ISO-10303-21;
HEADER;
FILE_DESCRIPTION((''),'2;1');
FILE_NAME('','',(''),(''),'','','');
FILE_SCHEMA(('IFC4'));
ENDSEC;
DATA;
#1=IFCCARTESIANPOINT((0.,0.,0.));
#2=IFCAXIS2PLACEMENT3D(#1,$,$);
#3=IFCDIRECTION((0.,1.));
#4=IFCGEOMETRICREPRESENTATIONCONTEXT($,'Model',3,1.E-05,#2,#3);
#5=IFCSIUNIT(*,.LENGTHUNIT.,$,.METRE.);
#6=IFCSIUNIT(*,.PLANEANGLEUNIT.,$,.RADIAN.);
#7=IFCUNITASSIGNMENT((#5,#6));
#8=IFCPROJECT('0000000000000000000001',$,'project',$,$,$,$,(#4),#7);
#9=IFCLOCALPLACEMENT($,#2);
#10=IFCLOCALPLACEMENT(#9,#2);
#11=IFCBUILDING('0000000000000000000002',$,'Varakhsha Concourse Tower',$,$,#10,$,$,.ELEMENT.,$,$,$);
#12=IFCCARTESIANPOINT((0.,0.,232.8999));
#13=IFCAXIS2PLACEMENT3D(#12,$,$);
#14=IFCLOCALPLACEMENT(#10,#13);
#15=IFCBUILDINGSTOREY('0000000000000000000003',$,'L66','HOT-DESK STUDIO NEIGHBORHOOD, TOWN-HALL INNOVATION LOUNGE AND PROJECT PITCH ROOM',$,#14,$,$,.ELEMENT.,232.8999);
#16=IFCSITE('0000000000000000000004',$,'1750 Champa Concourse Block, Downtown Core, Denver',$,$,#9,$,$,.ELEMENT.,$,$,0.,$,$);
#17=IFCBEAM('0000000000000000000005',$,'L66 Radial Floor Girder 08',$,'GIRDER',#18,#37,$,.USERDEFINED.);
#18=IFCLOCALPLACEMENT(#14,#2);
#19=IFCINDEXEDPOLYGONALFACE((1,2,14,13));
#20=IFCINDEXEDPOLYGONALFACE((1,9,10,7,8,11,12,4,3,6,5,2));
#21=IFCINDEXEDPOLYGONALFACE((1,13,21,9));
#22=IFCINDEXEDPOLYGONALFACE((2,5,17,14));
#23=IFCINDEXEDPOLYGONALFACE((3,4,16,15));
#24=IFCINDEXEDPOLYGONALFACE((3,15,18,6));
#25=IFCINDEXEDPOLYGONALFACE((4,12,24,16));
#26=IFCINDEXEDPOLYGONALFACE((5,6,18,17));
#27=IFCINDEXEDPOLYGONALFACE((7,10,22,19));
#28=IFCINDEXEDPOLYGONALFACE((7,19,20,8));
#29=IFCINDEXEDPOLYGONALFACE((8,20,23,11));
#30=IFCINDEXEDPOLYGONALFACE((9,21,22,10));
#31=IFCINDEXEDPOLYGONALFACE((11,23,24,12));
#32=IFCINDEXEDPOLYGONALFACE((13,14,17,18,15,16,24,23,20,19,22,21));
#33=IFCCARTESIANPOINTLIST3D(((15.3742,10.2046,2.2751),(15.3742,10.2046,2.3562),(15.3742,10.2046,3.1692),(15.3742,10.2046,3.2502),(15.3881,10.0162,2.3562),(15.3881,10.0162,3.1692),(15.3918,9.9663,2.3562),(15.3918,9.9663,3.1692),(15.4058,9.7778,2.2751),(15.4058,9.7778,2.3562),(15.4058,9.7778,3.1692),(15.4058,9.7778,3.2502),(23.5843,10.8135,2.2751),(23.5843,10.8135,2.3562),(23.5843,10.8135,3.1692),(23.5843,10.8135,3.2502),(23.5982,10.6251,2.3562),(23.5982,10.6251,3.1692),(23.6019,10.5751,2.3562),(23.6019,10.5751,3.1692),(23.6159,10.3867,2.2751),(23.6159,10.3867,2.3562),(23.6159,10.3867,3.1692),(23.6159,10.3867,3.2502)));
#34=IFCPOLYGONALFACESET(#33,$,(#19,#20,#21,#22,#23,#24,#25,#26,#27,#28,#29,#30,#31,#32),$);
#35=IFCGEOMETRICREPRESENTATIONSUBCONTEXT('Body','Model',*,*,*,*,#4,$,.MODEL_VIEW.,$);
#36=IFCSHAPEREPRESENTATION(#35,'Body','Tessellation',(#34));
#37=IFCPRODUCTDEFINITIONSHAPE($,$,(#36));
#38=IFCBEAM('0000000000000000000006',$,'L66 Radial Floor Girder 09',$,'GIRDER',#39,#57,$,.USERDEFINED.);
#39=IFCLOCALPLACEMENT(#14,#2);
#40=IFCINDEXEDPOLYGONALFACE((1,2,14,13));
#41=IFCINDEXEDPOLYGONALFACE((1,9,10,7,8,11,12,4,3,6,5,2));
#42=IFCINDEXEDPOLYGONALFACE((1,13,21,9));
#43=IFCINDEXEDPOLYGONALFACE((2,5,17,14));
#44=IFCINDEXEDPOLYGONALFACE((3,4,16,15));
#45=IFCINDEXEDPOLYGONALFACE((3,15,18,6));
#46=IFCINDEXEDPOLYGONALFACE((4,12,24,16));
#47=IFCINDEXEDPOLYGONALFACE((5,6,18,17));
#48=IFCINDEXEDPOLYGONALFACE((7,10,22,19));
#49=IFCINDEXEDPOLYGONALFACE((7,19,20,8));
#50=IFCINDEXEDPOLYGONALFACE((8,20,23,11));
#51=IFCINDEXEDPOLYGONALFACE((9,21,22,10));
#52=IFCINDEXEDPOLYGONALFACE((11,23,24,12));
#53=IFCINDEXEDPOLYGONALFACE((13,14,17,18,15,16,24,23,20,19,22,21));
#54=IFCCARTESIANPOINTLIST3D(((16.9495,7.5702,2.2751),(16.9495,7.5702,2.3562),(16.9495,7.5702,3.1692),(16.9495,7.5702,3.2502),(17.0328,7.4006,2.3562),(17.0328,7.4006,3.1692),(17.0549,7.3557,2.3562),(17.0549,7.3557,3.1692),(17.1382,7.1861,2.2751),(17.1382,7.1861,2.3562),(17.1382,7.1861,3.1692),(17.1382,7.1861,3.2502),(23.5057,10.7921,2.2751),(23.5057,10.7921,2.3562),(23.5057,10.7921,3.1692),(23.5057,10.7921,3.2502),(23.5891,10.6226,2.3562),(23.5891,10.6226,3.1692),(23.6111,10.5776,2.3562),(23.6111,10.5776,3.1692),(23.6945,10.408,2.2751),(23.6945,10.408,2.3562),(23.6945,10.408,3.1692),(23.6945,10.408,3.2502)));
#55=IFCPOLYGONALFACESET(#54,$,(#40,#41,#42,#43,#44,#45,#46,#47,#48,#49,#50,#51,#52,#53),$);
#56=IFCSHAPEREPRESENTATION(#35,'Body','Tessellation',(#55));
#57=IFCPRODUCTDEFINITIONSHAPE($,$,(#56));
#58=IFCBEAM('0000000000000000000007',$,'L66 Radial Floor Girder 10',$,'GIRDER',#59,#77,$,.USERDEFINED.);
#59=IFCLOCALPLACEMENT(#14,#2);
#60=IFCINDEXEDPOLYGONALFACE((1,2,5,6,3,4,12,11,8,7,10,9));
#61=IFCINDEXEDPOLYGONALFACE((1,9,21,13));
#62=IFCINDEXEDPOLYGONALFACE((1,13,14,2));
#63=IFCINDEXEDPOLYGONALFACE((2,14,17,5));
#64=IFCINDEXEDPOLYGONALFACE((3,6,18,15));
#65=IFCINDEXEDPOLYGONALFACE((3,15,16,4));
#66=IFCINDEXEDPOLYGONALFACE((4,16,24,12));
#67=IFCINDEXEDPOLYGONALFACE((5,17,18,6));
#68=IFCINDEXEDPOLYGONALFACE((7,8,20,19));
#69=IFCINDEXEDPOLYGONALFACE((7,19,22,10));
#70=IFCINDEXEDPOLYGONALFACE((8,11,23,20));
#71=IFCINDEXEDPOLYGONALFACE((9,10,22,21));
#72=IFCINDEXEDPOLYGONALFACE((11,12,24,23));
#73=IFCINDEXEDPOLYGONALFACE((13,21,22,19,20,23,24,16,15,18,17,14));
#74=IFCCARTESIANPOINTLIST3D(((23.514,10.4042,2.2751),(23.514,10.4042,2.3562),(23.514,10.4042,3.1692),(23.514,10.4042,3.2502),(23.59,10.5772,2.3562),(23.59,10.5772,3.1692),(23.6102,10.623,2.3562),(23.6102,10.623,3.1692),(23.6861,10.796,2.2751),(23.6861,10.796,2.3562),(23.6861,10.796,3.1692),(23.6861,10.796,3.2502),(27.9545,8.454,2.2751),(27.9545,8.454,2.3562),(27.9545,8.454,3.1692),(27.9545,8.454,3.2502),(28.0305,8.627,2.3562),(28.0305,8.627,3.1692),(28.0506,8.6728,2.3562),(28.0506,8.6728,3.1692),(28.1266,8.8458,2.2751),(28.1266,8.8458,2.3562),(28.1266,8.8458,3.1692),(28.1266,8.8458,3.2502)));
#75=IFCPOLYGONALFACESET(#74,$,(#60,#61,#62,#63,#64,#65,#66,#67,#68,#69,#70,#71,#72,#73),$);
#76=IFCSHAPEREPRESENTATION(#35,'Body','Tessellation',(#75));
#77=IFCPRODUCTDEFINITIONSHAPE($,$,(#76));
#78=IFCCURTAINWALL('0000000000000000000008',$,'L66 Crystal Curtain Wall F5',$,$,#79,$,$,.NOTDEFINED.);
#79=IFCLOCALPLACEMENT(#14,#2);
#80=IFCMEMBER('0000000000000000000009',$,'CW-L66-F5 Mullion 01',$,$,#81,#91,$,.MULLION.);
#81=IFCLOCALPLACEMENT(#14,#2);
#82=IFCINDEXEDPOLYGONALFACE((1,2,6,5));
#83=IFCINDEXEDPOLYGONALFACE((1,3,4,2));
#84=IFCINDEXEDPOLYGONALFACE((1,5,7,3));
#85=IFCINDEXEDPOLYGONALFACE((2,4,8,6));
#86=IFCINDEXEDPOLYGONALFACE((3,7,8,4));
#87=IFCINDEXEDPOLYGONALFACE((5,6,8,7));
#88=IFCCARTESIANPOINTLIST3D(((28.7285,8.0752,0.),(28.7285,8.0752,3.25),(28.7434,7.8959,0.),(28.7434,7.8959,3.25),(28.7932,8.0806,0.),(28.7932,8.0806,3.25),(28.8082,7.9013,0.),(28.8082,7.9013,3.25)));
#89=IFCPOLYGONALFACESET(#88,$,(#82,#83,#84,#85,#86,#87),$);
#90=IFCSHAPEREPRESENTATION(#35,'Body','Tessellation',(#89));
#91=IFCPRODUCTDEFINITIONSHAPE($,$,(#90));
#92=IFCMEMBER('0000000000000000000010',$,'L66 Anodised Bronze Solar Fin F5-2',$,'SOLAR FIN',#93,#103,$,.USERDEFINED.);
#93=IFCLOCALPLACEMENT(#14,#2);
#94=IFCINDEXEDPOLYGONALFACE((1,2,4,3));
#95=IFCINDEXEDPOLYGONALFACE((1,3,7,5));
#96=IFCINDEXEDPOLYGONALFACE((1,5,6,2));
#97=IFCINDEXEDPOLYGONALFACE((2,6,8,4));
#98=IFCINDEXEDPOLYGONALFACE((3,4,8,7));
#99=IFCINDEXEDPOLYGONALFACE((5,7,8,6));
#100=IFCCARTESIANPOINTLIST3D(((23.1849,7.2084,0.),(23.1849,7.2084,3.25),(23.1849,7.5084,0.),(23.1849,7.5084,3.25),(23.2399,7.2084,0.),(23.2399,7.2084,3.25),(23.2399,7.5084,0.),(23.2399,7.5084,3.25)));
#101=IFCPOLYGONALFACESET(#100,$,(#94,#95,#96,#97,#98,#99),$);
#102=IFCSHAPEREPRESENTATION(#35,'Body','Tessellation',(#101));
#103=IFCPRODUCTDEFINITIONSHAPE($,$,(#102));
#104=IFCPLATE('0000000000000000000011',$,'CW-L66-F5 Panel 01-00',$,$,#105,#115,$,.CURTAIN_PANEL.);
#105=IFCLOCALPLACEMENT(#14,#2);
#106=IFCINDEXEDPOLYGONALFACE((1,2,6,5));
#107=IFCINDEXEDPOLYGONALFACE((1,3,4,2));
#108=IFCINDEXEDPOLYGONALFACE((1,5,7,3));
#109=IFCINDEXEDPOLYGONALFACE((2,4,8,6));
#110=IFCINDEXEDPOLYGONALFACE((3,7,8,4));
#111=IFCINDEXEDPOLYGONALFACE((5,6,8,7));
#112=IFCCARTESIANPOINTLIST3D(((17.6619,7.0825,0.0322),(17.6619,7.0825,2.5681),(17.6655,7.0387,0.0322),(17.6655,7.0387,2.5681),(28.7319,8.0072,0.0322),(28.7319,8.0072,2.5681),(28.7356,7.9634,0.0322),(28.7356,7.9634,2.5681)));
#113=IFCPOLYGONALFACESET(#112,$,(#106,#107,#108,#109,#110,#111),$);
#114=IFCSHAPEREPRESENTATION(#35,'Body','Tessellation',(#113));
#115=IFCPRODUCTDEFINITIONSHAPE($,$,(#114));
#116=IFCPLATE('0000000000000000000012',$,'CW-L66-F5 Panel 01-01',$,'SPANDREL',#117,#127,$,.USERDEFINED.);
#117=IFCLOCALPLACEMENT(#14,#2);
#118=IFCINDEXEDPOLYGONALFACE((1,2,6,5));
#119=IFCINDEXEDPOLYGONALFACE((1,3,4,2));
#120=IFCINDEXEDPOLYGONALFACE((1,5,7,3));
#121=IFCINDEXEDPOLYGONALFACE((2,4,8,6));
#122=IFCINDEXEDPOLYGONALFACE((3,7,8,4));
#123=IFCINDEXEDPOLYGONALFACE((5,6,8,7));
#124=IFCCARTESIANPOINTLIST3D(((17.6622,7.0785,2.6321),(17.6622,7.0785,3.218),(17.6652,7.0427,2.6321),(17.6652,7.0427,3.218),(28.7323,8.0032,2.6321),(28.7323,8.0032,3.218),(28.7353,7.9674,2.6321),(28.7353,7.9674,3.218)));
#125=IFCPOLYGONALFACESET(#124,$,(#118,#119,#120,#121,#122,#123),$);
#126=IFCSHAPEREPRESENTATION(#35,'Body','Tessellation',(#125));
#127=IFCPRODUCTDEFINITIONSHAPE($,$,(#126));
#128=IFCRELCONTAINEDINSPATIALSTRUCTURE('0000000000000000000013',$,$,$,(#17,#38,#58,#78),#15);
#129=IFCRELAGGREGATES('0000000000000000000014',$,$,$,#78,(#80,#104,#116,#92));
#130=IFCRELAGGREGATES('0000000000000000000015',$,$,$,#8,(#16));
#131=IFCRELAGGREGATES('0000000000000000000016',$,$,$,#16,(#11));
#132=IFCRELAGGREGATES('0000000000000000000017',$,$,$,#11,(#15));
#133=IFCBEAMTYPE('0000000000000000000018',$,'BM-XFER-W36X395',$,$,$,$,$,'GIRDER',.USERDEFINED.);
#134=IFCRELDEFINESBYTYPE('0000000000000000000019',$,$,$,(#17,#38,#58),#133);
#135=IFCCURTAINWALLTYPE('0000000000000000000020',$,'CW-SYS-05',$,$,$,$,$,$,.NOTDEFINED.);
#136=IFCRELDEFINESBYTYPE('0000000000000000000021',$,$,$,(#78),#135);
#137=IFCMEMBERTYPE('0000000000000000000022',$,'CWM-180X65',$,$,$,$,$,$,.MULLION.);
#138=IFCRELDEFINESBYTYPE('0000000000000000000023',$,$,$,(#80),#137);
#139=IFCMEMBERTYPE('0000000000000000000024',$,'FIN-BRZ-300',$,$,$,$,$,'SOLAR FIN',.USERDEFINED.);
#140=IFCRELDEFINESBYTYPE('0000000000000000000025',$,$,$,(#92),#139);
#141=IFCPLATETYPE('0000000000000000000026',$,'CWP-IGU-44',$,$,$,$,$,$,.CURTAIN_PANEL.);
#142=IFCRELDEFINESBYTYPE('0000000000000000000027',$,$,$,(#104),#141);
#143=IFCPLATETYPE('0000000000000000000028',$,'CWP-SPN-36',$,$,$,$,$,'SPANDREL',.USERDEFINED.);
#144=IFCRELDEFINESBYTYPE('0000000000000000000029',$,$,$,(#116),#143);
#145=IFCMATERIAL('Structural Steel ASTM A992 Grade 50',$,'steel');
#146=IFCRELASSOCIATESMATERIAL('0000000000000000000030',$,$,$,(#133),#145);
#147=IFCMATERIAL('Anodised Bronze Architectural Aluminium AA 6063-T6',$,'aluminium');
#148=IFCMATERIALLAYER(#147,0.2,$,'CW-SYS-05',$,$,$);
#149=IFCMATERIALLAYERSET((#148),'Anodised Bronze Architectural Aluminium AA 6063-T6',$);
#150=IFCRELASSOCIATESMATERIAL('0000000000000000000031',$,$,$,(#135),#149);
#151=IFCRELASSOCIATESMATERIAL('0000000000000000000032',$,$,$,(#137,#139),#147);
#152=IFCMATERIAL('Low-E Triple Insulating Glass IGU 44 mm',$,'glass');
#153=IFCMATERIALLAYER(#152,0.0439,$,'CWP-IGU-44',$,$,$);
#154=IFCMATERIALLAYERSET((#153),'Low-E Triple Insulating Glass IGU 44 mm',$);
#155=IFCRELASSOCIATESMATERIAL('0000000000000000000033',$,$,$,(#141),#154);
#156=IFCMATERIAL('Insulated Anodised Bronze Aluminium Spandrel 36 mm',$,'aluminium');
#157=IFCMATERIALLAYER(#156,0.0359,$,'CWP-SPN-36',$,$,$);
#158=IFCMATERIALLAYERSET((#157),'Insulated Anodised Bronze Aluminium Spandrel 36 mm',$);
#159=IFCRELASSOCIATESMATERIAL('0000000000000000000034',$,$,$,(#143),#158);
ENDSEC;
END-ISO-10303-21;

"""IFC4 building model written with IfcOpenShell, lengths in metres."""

from ifc_helpers import new_model, si_unit, direction, frame, origin, origin_2d, place, context, subcontext, project, spatial, rectangle, i_section, extrude, source, transform, mapped, material, layer, layer_set, material_profile, profile_set, type_object, type_shapes, element, aggregate, save


model = new_model("IFC4")

# Units and contexts
model_context = context("Model", 3, precision=1e-05, world=origin(), true_north=direction((0.0, 1.0)))
body_context = subcontext(model_context, "Body", "Model", "MODEL_VIEW")
ifc_project = project(units=[si_unit("LENGTHUNIT", "METRE"), si_unit("PLANEANGLEUNIT", "RADIAN")], contexts=[model_context])

# Site, building, storey
site_placement = place(None, origin())
site = spatial("IfcSite", under=ifc_project, at=site_placement, Name="1750 Champa Concourse Block, Downtown Core, Denver", CompositionType="ELEMENT", RefElevation=0.0)
building_placement = place(site_placement, origin())
building = spatial("IfcBuilding", under=site, at=building_placement, Name="Varakhsha Concourse Tower", CompositionType="ELEMENT")
storey_placement = place(building_placement, frame((0.0, 0.0, 232.8999)))
storey = spatial("IfcBuildingStorey", under=building, at=storey_placement, Name="L66", Description="HOT-DESK STUDIO NEIGHBORHOOD, TOWN-HALL INNOVATION LOUNGE AND PROJECT PITCH ROOM", CompositionType="ELEMENT", Elevation=232.8999)

# Shared definitions
ifc_material_1 = material(Name="Structural Steel ASTM A992 Grade 50", Category="steel")

# Beams
ifc_material_profile_1 = material_profile(ifc_material_1, i_section(OverallWidth=0.428, OverallDepth=0.9751, WebThickness=0.05, FlangeThickness=0.0811, at=origin_2d()), Name="W36X395")
ifc_profile_set_1 = profile_set([ifc_material_profile_1], Name="Structural Steel ASTM A992 Grade 50")
beam_type_1 = type_object("IfcBeamType", Name="BM-XFER-W36X395", ElementType="GIRDER", PredefinedType="USERDEFINED", material=ifc_profile_set_1)
beam_1_placement = place(storey_placement, frame((23.6001, 10.6001, 2.7627), z_axis=(-0.997261, -0.073959, 0.0), x_axis=(0.073959, -0.997261, 0.0)))
element("IfcBeam", 1, at=beam_1_placement, inside=storey, type_object=beam_type_1, Name="L66 Radial Floor Girder 08", ObjectType="GIRDER", PredefinedType="USERDEFINED", context=body_context, shape_type="SweptSolid", body=[
    extrude(i_section(OverallWidth=0.428, OverallDepth=0.9751, WebThickness=0.05, FlangeThickness=0.0811, at=origin_2d()), origin(), (0.0, 0.0, 1.0), 8.2327),
])
beam_2_placement = place(storey_placement, frame((23.6001, 10.6001, 2.7627), z_axis=(-0.897481, -0.441054, 0.0), x_axis=(0.441054, -0.897481, 0.0)))
element("IfcBeam", 2, at=beam_2_placement, inside=storey, type_object=beam_type_1, Name="L66 Radial Floor Girder 09", ObjectType="GIRDER", PredefinedType="USERDEFINED", context=body_context, shape_type="SweptSolid", body=[
    extrude(i_section(OverallWidth=0.428, OverallDepth=0.9751, WebThickness=0.05, FlangeThickness=0.0811, at=origin_2d()), origin(), (0.0, 0.0, 1.0), 7.3052),
])
beam_3_placement = place(storey_placement, frame((23.6001, 10.6001, 2.7627), z_axis=(0.915588, -0.402118, 0.0), x_axis=(0.402118, 0.915588, 0.0)))
element("IfcBeam", 3, at=beam_3_placement, inside=storey, type_object=beam_type_1, Name="L66 Radial Floor Girder 10", ObjectType="GIRDER", PredefinedType="USERDEFINED", context=body_context, shape_type="SweptSolid", body=[
    extrude(i_section(OverallWidth=0.428, OverallDepth=0.9751, WebThickness=0.05, FlangeThickness=0.0811, at=origin_2d()), origin(), (0.0, 0.0, 1.0), 4.8499),
])

# Curtain wall, members, plates
ifc_material_2 = material(Name="Anodised Bronze Architectural Aluminium AA 6063-T6", Category="aluminium")
ifc_layer_1 = layer(ifc_material_2, 0.2, Name="CW-SYS-05")
ifc_layer_set_1 = layer_set([ifc_layer_1], Name="Anodised Bronze Architectural Aluminium AA 6063-T6")
curtain_wall_type = type_object("IfcCurtainWallType", Name="CW-SYS-05", PredefinedType="NOTDEFINED", material=ifc_layer_set_1)
curtain_wall_placement = place(storey_placement, origin())
curtain_wall = element("IfcCurtainWall", 4, at=curtain_wall_placement, inside=storey, type_object=curtain_wall_type, Name="L66 Crystal Curtain Wall F5", PredefinedType="NOTDEFINED")
ifc_material_profile_2 = material_profile(ifc_material_2, rectangle(XDim=0.0649, YDim=0.1799, at=origin_2d()), Name="CWM-180X65")
ifc_profile_set_2 = profile_set([ifc_material_profile_2], Name="Anodised Bronze Architectural Aluminium AA 6063-T6")
member_type_1 = type_object("IfcMemberType", Name="CWM-180X65", PredefinedType="MULLION", material=ifc_profile_set_2)
shared_shape_1 = source(origin(), body_context, "Body", "SweptSolid", [
    extrude(rectangle(XDim=0.0649, YDim=0.1799, at=origin_2d()), origin(), (0.0, 0.0, 1.0), 3.25),
])
type_shapes(member_type_1, [shared_shape_1])
member_1_placement = place(storey_placement, frame((28.7683, 7.9883, 0.0), z_axis=(0.0, 0.0, 1.0), x_axis=(-0.996529, -0.083247, 0.0)))
member_1 = element("IfcMember", 5, at=member_1_placement, type_object=member_type_1, Name="CW-L66-F5 Mullion 01", PredefinedType="MULLION", context=body_context, shape_type="MappedRepresentation", body=[
    mapped(shared_shape_1, transform((0.0, 0.0, 0.0), scale=1.0)),
])
ifc_material_profile_3 = material_profile(ifc_material_2, rectangle(XDim=0.0549, YDim=0.3, at=origin_2d()), Name="FIN-BRZ-300")
ifc_profile_set_3 = profile_set([ifc_material_profile_3], Name="Anodised Bronze Architectural Aluminium AA 6063-T6")
member_type_2 = type_object("IfcMemberType", Name="FIN-BRZ-300", ElementType="SOLAR FIN", PredefinedType="USERDEFINED", material=ifc_profile_set_3)
shared_shape_2 = source(origin(), body_context, "Body", "SweptSolid", [
    extrude(rectangle(XDim=0.0549, YDim=0.3, at=origin_2d()), origin(), (0.0, 0.0, 1.0), 3.25),
])
type_shapes(member_type_2, [shared_shape_2])
member_2_placement = place(storey_placement, frame((23.2124, 7.3584, 0.0), z_axis=(0.0, 0.0, 1.0), x_axis=(1.0, 0.0, 0.0)))
member_2 = element("IfcMember", 6, at=member_2_placement, type_object=member_type_2, Name="L66 Anodised Bronze Solar Fin F5-2", ObjectType="SOLAR FIN", PredefinedType="USERDEFINED", context=body_context, shape_type="MappedRepresentation", body=[
    mapped(shared_shape_2, transform((0.0, 0.0, 0.0), scale=1.0)),
])
ifc_material_3 = material(Name="Low-E Triple Insulating Glass IGU 44 mm", Category="glass")
ifc_layer_2 = layer(ifc_material_3, 0.0439, Name="CWP-IGU-44")
ifc_layer_set_2 = layer_set([ifc_layer_2], Name="Low-E Triple Insulating Glass IGU 44 mm")
plate_type_1 = type_object("IfcPlateType", Name="CWP-IGU-44", PredefinedType="CURTAIN_PANEL", material=ifc_layer_set_2)
shared_shape_3 = source(origin(), body_context, "Body", "SweptSolid", [
    extrude(rectangle(XDim=11.1086, YDim=0.0439, at=origin_2d()), origin(), (0.0, 0.0, 1.0), 2.5359),
])
type_shapes(plate_type_1, [shared_shape_3])
plate_1_placement = place(storey_placement, frame((23.1987, 7.5229, 0.0322), z_axis=(0.0, 0.0, 1.0), x_axis=(-0.996529, -0.083247, 0.0)))
plate_1 = element("IfcPlate", 7, at=plate_1_placement, type_object=plate_type_1, Name="CW-L66-F5 Panel 01-00", PredefinedType="CURTAIN_PANEL", context=body_context, shape_type="MappedRepresentation", body=[
    mapped(shared_shape_3, transform((0.0, 0.0, 0.0), scale=1.0)),
])
ifc_material_4 = material(Name="Insulated Anodised Bronze Aluminium Spandrel 36 mm", Category="aluminium")
ifc_layer_3 = layer(ifc_material_4, 0.0359, Name="CWP-SPN-36")
ifc_layer_set_3 = layer_set([ifc_layer_3], Name="Insulated Anodised Bronze Aluminium Spandrel 36 mm")
plate_type_2 = type_object("IfcPlateType", Name="CWP-SPN-36", ElementType="SPANDREL", PredefinedType="USERDEFINED", material=ifc_layer_set_3)
shared_shape_4 = source(origin(), body_context, "Body", "SweptSolid", [
    extrude(rectangle(XDim=11.1086, YDim=0.0359, at=origin_2d()), origin(), (0.0, 0.0, 1.0), 0.5859),
])
type_shapes(plate_type_2, [shared_shape_4])
plate_2_placement = place(storey_placement, frame((23.1987, 7.5229, 2.6321), z_axis=(0.0, 0.0, 1.0), x_axis=(-0.996529, -0.083247, 0.0)))
plate_2 = element("IfcPlate", 8, at=plate_2_placement, type_object=plate_type_2, Name="CW-L66-F5 Panel 01-01", ObjectType="SPANDREL", PredefinedType="USERDEFINED", context=body_context, shape_type="MappedRepresentation", body=[
    mapped(shared_shape_4, transform((0.0, 0.0, 0.0), scale=1.0)),
])
aggregate(curtain_wall, [member_1, plate_1, plate_2, member_2])

save(model, "model.ifc")
